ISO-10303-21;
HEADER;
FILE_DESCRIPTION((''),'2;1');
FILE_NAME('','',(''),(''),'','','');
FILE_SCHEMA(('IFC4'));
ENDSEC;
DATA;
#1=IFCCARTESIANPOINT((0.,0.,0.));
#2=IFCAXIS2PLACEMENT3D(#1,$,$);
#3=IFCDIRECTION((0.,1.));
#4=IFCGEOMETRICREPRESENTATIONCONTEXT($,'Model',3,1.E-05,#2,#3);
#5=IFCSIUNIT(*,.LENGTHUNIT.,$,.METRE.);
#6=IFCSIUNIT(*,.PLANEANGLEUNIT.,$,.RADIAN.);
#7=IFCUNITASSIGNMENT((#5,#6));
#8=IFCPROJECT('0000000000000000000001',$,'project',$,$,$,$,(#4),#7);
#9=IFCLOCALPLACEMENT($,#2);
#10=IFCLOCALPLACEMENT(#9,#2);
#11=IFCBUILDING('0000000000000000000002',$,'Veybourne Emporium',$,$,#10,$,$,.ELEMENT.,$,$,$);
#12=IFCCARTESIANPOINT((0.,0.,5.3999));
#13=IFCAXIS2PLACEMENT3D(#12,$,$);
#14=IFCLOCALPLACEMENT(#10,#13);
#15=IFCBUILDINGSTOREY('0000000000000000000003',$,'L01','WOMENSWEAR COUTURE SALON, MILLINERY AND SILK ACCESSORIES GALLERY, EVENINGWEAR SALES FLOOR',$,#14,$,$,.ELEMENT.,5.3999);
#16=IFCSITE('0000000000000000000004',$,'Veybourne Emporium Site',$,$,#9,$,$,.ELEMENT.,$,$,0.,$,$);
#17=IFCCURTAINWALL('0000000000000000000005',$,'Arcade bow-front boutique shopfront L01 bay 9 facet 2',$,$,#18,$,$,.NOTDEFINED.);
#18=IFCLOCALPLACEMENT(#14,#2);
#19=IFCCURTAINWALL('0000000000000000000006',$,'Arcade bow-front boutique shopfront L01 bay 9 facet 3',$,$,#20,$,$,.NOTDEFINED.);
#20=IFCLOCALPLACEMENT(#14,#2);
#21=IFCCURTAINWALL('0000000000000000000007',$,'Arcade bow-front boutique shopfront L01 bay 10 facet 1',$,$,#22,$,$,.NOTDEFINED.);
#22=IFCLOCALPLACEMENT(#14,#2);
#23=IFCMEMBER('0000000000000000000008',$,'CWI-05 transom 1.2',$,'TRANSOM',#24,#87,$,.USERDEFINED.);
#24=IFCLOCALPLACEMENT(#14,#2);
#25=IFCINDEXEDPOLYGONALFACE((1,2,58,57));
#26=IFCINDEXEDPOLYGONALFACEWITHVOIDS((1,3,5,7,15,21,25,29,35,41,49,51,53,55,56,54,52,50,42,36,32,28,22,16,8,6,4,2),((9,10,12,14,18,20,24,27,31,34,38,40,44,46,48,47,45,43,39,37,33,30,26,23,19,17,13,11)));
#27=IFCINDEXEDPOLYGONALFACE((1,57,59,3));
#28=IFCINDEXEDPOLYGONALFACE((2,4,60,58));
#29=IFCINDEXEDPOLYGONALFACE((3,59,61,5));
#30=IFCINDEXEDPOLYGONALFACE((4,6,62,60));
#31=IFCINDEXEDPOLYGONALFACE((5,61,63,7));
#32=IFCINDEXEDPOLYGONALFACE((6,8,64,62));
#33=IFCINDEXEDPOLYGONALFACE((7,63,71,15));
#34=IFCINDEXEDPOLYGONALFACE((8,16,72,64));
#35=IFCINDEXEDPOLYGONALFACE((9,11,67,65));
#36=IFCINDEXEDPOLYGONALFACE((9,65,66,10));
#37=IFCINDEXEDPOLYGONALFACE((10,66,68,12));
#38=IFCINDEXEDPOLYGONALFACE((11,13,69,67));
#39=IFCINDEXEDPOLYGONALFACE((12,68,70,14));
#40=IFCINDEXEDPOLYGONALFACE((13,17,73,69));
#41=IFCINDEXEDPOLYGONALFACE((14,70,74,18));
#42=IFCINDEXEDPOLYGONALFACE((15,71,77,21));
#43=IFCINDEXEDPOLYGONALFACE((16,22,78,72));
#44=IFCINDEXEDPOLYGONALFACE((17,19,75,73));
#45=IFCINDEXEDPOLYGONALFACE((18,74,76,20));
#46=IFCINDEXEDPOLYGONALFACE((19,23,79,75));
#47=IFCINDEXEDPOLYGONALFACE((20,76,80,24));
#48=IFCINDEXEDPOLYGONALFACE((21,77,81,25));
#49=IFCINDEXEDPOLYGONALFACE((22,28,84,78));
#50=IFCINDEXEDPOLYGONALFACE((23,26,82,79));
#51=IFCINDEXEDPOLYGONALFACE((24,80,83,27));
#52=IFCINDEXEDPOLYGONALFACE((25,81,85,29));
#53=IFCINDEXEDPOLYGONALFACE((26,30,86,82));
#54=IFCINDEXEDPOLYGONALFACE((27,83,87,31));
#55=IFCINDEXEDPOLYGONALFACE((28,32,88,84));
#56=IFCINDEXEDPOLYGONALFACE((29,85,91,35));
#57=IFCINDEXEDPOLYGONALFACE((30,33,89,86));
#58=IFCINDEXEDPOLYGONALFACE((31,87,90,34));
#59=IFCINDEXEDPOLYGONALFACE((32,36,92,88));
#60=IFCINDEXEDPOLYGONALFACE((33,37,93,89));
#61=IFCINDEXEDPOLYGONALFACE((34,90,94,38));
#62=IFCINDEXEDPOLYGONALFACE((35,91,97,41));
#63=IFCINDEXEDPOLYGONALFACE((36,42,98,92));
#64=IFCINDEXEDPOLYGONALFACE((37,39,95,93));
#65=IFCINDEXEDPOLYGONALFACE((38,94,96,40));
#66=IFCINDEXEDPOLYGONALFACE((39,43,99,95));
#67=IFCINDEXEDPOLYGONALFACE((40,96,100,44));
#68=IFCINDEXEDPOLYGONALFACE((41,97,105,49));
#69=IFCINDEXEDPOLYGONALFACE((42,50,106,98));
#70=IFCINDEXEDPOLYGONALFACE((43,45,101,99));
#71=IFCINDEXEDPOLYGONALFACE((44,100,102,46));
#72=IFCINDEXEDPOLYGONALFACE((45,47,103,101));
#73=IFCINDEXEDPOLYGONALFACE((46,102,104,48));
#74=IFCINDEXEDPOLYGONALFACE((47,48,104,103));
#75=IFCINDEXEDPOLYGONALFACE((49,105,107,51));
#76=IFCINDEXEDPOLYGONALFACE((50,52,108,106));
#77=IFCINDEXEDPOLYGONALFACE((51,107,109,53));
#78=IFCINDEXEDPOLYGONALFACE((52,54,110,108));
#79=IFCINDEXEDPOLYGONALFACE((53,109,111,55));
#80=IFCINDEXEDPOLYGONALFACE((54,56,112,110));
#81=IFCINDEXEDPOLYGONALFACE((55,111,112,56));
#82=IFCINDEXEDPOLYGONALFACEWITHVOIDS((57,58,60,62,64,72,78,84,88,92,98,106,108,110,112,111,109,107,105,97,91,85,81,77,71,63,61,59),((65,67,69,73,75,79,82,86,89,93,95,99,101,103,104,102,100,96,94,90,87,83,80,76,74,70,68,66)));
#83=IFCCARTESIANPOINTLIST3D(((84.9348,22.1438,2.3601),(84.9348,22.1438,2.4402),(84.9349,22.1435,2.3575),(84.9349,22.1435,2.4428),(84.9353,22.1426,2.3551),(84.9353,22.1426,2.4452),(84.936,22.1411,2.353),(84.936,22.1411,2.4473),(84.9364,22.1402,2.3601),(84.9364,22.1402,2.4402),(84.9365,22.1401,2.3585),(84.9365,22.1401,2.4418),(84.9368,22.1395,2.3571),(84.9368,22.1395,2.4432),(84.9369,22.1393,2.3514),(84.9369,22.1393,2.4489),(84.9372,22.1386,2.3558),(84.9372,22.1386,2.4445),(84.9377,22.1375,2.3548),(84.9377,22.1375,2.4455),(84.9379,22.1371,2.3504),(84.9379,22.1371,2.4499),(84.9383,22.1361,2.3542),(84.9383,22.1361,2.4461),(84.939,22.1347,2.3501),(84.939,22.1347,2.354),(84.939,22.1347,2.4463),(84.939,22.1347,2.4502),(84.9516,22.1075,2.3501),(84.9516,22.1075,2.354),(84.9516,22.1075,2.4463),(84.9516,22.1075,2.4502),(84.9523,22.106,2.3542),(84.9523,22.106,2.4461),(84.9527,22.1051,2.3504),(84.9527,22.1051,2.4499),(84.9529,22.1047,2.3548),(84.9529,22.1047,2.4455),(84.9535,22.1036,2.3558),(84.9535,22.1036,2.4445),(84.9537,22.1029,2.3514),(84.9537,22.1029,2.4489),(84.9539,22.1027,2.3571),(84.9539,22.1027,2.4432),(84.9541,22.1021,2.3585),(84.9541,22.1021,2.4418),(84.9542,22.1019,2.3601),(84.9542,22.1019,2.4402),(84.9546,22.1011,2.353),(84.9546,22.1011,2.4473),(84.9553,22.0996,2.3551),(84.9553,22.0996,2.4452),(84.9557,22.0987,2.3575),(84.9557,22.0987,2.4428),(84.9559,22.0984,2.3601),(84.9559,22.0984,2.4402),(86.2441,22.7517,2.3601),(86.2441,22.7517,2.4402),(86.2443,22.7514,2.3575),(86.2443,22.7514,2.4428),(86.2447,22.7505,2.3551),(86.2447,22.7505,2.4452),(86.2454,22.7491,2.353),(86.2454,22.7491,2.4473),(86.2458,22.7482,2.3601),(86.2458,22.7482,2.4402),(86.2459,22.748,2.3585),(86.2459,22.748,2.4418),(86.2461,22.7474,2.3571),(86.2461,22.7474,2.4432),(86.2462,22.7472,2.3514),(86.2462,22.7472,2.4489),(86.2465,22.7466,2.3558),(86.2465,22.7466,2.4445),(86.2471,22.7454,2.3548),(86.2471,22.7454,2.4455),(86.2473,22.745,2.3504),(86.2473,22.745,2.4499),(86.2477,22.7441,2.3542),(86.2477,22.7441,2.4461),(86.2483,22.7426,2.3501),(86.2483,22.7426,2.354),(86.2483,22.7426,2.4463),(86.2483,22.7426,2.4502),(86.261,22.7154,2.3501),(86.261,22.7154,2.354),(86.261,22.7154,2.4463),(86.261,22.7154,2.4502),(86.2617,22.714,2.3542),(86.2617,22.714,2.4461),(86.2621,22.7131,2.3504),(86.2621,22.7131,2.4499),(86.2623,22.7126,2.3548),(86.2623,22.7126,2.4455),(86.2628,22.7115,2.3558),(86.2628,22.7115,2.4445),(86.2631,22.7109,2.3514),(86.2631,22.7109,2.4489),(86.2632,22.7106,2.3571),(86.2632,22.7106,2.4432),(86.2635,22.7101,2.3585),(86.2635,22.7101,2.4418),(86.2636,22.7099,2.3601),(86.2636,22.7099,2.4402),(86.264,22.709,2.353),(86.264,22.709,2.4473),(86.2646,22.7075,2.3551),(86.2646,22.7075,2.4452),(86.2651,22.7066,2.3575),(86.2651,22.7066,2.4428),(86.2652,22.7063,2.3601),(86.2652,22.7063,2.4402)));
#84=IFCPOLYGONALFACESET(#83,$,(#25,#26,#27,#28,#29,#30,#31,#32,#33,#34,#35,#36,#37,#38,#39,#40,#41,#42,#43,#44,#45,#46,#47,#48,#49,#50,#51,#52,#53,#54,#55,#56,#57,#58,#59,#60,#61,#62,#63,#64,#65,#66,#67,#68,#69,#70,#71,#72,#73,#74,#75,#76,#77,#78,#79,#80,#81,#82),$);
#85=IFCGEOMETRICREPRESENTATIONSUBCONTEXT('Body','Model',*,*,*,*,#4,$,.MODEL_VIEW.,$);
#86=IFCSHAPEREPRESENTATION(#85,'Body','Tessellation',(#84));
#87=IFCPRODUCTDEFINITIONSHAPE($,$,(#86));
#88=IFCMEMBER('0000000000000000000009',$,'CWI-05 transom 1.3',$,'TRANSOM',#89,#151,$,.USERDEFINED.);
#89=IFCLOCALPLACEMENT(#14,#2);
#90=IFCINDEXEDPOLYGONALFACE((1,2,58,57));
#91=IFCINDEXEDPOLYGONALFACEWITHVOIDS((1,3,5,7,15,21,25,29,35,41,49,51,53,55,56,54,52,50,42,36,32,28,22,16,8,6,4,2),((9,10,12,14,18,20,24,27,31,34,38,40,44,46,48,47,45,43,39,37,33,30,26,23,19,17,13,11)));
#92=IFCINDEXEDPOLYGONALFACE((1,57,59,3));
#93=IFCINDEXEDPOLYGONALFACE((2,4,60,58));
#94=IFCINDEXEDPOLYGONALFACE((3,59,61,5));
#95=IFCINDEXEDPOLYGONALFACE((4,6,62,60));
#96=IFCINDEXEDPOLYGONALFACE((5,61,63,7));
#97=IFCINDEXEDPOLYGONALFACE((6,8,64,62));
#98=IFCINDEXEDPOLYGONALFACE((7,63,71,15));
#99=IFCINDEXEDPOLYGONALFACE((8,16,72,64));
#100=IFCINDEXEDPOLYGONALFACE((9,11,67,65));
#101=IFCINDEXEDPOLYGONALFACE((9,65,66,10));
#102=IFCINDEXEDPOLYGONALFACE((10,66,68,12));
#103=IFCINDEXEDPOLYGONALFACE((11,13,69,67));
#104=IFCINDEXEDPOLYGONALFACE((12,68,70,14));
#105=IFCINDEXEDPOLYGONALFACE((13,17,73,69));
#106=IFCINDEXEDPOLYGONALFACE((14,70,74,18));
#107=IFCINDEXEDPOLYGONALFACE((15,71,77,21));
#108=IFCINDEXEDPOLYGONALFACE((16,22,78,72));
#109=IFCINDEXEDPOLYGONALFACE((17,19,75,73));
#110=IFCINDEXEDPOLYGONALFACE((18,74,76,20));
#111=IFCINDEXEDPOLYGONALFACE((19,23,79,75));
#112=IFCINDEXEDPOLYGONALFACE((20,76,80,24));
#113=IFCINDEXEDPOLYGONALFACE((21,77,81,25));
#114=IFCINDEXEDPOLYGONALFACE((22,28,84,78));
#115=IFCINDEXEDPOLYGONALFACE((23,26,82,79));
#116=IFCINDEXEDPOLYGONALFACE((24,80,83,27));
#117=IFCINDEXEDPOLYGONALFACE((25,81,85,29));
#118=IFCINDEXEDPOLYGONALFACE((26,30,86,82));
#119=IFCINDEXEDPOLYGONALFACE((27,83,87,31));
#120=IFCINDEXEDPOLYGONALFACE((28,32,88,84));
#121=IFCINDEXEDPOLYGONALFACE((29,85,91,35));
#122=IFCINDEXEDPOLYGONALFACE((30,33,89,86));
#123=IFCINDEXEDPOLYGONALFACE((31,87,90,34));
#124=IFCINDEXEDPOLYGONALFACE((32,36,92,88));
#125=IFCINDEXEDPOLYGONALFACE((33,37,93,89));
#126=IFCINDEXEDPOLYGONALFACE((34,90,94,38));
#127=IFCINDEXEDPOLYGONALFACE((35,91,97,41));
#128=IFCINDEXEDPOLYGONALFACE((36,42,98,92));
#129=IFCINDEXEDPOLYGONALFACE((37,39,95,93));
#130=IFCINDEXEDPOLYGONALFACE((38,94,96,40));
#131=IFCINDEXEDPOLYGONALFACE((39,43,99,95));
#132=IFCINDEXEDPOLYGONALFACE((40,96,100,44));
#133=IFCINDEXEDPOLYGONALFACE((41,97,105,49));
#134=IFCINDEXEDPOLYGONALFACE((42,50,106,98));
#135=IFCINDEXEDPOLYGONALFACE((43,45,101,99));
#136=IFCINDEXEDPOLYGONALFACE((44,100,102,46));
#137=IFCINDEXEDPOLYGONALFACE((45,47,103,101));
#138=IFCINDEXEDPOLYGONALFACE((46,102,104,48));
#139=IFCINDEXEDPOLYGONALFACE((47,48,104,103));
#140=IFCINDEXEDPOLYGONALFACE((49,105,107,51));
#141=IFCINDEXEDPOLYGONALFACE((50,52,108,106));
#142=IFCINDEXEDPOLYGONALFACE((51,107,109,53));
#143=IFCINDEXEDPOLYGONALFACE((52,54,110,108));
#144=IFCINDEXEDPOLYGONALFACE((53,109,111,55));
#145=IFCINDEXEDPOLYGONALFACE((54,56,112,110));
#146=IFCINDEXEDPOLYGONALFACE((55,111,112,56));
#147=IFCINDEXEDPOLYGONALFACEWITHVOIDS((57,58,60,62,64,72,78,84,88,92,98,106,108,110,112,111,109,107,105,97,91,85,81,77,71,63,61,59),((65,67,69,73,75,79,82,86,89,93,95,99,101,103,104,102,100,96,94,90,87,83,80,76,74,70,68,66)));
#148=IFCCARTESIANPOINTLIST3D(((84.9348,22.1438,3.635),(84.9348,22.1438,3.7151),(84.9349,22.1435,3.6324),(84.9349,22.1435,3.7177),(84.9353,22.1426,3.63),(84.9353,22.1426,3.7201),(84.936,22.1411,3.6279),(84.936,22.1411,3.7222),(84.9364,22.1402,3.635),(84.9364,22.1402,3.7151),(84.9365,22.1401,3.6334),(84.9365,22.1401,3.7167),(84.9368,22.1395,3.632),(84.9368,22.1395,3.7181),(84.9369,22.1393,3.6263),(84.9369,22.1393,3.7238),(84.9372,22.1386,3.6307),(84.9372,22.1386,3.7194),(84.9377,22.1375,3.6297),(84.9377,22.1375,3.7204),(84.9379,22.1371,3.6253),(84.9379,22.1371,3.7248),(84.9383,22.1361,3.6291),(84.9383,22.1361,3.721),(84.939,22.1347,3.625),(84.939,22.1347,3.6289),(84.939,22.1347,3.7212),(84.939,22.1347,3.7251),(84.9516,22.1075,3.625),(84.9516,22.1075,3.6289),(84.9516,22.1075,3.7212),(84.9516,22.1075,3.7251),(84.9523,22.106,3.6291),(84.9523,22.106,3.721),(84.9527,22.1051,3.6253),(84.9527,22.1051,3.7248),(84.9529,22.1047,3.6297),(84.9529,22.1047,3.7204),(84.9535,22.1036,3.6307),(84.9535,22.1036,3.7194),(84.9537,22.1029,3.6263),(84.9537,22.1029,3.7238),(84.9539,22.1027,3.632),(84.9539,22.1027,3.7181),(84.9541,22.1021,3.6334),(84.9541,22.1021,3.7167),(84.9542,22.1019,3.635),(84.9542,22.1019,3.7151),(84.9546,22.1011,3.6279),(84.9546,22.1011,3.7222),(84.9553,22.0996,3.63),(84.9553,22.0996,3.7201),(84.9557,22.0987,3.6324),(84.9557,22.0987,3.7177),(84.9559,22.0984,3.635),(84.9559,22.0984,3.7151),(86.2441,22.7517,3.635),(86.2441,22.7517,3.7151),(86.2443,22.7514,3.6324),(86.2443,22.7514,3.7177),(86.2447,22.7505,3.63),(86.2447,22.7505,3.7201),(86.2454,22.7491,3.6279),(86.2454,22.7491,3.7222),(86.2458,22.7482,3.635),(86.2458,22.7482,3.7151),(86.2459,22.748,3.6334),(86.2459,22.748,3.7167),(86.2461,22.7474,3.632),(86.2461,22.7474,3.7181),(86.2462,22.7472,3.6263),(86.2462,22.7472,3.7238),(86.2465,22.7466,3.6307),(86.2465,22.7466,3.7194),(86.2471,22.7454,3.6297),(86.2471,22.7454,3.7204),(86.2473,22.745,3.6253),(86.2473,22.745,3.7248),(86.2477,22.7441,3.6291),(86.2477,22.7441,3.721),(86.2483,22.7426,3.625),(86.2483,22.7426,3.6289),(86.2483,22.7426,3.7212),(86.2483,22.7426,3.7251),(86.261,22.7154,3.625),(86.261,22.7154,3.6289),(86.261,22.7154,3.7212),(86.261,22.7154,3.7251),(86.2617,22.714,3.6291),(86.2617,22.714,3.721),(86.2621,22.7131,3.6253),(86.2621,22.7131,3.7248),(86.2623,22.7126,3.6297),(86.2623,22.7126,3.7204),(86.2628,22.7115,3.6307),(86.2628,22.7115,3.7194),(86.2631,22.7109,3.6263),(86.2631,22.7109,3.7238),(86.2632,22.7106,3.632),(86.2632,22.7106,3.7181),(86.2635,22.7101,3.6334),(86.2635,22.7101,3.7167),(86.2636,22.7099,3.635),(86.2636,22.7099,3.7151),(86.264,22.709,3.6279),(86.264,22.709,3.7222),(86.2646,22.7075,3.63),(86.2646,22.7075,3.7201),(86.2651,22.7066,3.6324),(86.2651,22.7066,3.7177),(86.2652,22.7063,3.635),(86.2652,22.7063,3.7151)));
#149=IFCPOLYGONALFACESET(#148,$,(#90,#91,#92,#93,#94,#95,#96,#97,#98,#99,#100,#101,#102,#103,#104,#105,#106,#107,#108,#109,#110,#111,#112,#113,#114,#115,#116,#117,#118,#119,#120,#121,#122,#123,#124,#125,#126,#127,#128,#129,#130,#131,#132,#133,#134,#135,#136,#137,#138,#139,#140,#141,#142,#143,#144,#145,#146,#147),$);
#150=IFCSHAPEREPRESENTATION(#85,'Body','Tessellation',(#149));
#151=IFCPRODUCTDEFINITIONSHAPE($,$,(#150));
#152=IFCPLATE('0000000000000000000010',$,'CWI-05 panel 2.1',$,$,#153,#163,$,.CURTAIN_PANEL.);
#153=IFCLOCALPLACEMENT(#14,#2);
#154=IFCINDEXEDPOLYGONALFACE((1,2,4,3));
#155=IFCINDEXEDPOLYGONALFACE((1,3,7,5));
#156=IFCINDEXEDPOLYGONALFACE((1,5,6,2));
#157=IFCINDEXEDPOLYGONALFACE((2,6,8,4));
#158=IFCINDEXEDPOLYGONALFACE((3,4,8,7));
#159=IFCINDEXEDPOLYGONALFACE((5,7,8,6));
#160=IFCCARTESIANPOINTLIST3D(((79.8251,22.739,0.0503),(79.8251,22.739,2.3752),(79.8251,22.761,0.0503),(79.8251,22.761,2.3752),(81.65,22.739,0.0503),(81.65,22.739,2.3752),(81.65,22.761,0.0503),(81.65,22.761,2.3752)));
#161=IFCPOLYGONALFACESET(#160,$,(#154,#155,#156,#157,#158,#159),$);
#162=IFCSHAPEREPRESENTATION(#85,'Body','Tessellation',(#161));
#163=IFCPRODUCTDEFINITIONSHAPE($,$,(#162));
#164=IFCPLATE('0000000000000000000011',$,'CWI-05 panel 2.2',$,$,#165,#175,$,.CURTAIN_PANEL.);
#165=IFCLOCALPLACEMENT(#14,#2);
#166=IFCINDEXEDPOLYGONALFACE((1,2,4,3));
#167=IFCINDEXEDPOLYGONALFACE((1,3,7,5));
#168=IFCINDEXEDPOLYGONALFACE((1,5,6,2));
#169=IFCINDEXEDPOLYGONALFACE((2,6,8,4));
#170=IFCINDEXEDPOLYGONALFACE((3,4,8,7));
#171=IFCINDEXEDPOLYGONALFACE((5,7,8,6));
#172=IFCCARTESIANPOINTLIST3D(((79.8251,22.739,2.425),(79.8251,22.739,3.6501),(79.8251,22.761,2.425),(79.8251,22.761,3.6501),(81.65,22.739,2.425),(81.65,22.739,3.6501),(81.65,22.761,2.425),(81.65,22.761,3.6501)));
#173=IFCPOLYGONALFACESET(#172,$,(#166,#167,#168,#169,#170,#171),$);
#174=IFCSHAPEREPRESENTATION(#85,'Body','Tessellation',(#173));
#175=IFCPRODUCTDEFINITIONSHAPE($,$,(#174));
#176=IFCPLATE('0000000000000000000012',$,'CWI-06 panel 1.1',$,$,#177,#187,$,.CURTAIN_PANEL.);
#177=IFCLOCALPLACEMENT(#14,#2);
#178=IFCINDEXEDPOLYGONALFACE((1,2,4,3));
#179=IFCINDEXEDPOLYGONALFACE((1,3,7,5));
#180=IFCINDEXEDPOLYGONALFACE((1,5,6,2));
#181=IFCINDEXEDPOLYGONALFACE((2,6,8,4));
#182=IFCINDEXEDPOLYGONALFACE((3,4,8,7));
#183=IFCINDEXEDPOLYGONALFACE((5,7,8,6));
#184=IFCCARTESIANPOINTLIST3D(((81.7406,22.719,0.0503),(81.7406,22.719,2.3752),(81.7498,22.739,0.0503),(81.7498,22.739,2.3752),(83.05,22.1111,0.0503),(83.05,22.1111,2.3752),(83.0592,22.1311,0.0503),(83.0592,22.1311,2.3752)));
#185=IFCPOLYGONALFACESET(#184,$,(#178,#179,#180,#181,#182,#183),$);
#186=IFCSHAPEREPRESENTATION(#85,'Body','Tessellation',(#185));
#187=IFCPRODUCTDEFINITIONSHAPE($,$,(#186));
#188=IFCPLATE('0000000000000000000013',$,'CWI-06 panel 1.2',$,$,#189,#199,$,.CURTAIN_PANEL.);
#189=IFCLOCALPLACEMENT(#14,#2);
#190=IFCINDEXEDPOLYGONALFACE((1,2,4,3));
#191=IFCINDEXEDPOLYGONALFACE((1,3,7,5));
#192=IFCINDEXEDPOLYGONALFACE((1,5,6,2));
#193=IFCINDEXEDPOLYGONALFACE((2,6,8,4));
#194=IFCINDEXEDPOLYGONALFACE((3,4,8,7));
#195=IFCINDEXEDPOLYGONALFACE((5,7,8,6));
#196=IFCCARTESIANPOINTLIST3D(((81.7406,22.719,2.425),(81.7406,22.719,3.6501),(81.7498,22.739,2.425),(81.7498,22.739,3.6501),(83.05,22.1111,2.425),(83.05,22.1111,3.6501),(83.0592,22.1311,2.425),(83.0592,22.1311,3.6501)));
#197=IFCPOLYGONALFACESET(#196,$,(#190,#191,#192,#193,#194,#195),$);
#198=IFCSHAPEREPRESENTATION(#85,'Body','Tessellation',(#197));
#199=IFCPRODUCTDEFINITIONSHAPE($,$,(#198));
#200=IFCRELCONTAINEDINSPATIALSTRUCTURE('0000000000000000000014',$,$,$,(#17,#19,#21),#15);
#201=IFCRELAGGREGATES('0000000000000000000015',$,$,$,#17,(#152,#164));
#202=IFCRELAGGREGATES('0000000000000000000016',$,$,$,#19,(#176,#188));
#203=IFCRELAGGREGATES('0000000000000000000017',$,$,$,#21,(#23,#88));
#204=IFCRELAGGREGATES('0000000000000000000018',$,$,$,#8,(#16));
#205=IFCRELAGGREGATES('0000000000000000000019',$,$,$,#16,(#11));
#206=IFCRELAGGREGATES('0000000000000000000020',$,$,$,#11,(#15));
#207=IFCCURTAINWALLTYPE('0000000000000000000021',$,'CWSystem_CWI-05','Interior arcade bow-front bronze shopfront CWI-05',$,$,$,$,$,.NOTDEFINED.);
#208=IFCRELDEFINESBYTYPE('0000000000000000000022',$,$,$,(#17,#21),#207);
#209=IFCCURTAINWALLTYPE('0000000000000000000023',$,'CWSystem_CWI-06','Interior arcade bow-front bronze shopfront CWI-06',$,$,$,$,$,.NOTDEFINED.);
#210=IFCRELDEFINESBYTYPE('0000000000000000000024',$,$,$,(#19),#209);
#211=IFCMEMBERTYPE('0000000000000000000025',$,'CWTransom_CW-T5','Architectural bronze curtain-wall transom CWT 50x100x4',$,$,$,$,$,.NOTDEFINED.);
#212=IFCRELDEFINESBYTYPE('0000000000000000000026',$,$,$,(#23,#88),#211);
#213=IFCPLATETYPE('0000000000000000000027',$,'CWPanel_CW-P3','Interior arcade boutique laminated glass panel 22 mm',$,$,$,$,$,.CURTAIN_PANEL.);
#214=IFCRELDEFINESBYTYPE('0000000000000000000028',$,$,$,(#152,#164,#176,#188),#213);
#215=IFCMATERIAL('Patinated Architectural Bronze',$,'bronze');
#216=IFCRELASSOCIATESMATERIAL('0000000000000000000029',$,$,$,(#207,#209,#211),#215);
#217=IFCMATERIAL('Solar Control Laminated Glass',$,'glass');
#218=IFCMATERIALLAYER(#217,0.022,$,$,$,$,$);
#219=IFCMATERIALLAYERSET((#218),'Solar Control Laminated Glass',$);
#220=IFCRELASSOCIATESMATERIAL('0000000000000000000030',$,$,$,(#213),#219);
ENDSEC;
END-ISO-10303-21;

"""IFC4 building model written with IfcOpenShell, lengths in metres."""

from ifc_helpers import new_model, si_unit, direction, frame, origin, origin_2d, place, context, subcontext, project, spatial, rectangle, hollow_rectangle, extrude, material, layer, layer_set, material_profile, profile_set, type_object, element, aggregate, save


model = new_model("IFC4")

# Units and contexts
model_context = context("Model", 3, precision=1e-05, world=origin(), true_north=direction((0.0, 1.0)))
body_context = subcontext(model_context, "Body", "Model", "MODEL_VIEW")
ifc_project = project(units=[si_unit("LENGTHUNIT", "METRE"), si_unit("PLANEANGLEUNIT", "RADIAN")], contexts=[model_context])

# Site, building, storey
site_placement = place(None, origin())
site = spatial("IfcSite", under=ifc_project, at=site_placement, Name="Veybourne Emporium Site", CompositionType="ELEMENT", RefElevation=0.0)
building_placement = place(site_placement, origin())
building = spatial("IfcBuilding", under=site, at=building_placement, Name="Veybourne Emporium", CompositionType="ELEMENT")
storey_placement = place(building_placement, frame((0.0, 0.0, 5.3999)))
storey = spatial("IfcBuildingStorey", under=building, at=storey_placement, Name="L01", Description="WOMENSWEAR COUTURE SALON, MILLINERY AND SILK ACCESSORIES GALLERY, EVENINGWEAR SALES FLOOR", CompositionType="ELEMENT", Elevation=5.3999)

# Curtain wall
ifc_material_1 = material(Name="Patinated Architectural Bronze", Category="bronze")
curtain_wall_type_1 = type_object("IfcCurtainWallType", Name="CWSystem_CWI-05", Description="Interior arcade bow-front bronze shopfront CWI-05", PredefinedType="NOTDEFINED", material=ifc_material_1)
curtain_wall_1_placement = place(storey_placement, origin())
curtain_wall_1 = element("IfcCurtainWall", 1, at=curtain_wall_1_placement, inside=storey, type_object=curtain_wall_type_1, Name="Arcade bow-front boutique shopfront L01 bay 9 facet 2", PredefinedType="NOTDEFINED")

# Curtain walls
curtain_wall_type_2 = type_object("IfcCurtainWallType", Name="CWSystem_CWI-06", Description="Interior arcade bow-front bronze shopfront CWI-06", PredefinedType="NOTDEFINED", material=ifc_material_1)
curtain_wall_2_placement = place(storey_placement, origin())
curtain_wall_2 = element("IfcCurtainWall", 2, at=curtain_wall_2_placement, inside=storey, type_object=curtain_wall_type_2, Name="Arcade bow-front boutique shopfront L01 bay 9 facet 3", PredefinedType="NOTDEFINED")
curtain_wall_3_placement = place(storey_placement, origin())
curtain_wall_3 = element("IfcCurtainWall", 3, at=curtain_wall_3_placement, inside=storey, type_object=curtain_wall_type_1, Name="Arcade bow-front boutique shopfront L01 bay 10 facet 1", PredefinedType="NOTDEFINED")

# Members
ifc_material_profile_1 = material_profile(ifc_material_1, hollow_rectangle(XDim=0.05, YDim=0.1001, WallThickness=0.0039, InnerFilletRadius=0.0061, OuterFilletRadius=0.01, at=origin_2d()), Name="CWT 50x100x4")
ifc_profile_set_1 = profile_set([ifc_material_profile_1], Name="Patinated Architectural Bronze")
member_type_1 = type_object("IfcMemberType", Name="CWTransom_CW-T5", Description="Architectural bronze curtain-wall transom CWT 50x100x4", PredefinedType="NOTDEFINED", material=ifc_profile_set_1)
member_1_placement = place(storey_placement, frame((84.9453, 22.1211, 2.4001), z_axis=(0.907007, 0.421116, 0.0), x_axis=(-0.421116, 0.907007, 0.0)))
member_1 = element("IfcMember", 4, at=member_1_placement, type_object=member_type_1, Name="CWI-05 transom 1.2", ObjectType="TRANSOM", PredefinedType="USERDEFINED", context=body_context, shape_type="SweptSolid", body=[
    extrude(hollow_rectangle(XDim=0.05, YDim=0.1001, WallThickness=0.0039, InnerFilletRadius=0.0061, OuterFilletRadius=0.01, at=origin_2d()), origin(), (0.0, 0.0, 1.0), 1.4436),
])
member_2_placement = place(storey_placement, frame((84.9453, 22.1211, 3.675), z_axis=(0.907007, 0.421116, 0.0), x_axis=(-0.421116, 0.907007, 0.0)))
member_2 = element("IfcMember", 5, at=member_2_placement, type_object=member_type_1, Name="CWI-05 transom 1.3", ObjectType="TRANSOM", PredefinedType="USERDEFINED", context=body_context, shape_type="SweptSolid", body=[
    extrude(hollow_rectangle(XDim=0.05, YDim=0.1001, WallThickness=0.0039, InnerFilletRadius=0.0061, OuterFilletRadius=0.01, at=origin_2d()), origin(), (0.0, 0.0, 1.0), 1.4436),
])

# Plates
ifc_material_2 = material(Name="Solar Control Laminated Glass", Category="glass")
ifc_layer = layer(ifc_material_2, 0.022)
ifc_layer_set = layer_set([ifc_layer], Name="Solar Control Laminated Glass")
plate_type = type_object("IfcPlateType", Name="CWPanel_CW-P3", Description="Interior arcade boutique laminated glass panel 22 mm", PredefinedType="CURTAIN_PANEL", material=ifc_layer_set)
plate_1_placement = place(storey_placement, frame((80.7375, 22.75, 0.0503), z_axis=(0.0, 0.0, 1.0), x_axis=(1.0, 0.0, 0.0)))
plate_1 = element("IfcPlate", 6, at=plate_1_placement, type_object=plate_type, Name="CWI-05 panel 2.1", PredefinedType="CURTAIN_PANEL", context=body_context, shape_type="SweptSolid", body=[
    extrude(rectangle(XDim=1.825, YDim=0.022, at=origin_2d()), origin(), (0.0, 0.0, 1.0), 2.325),
])
plate_2_placement = place(storey_placement, frame((80.7375, 22.75, 2.425), z_axis=(0.0, 0.0, 1.0), x_axis=(1.0, 0.0, 0.0)))
plate_2 = element("IfcPlate", 7, at=plate_2_placement, type_object=plate_type, Name="CWI-05 panel 2.2", PredefinedType="CURTAIN_PANEL", context=body_context, shape_type="SweptSolid", body=[
    extrude(rectangle(XDim=1.825, YDim=0.022, at=origin_2d()), origin(), (0.0, 0.0, 1.0), 1.2251),
])
aggregate(curtain_wall_1, [plate_1, plate_2])
plate_3_placement = place(storey_placement, frame((82.3999, 22.425, 0.0503), z_axis=(0.0, 0.0, 1.0), x_axis=(0.907009, -0.421111, 0.0)))
plate_3 = element("IfcPlate", 8, at=plate_3_placement, type_object=plate_type, Name="CWI-06 panel 1.1", PredefinedType="CURTAIN_PANEL", context=body_context, shape_type="SweptSolid", body=[
    extrude(rectangle(XDim=1.4436, YDim=0.022, at=origin_2d()), origin(), (0.0, 0.0, 1.0), 2.325),
])
plate_4_placement = place(storey_placement, frame((82.3999, 22.425, 2.425), z_axis=(0.0, 0.0, 1.0), x_axis=(0.907009, -0.421111, 0.0)))
plate_4 = element("IfcPlate", 9, at=plate_4_placement, type_object=plate_type, Name="CWI-06 panel 1.2", PredefinedType="CURTAIN_PANEL", context=body_context, shape_type="SweptSolid", body=[
    extrude(rectangle(XDim=1.4436, YDim=0.022, at=origin_2d()), origin(), (0.0, 0.0, 1.0), 1.2251),
])
aggregate(curtain_wall_2, [plate_3, plate_4])
aggregate(curtain_wall_3, [member_1, member_2])

save(model, "model.ifc")
